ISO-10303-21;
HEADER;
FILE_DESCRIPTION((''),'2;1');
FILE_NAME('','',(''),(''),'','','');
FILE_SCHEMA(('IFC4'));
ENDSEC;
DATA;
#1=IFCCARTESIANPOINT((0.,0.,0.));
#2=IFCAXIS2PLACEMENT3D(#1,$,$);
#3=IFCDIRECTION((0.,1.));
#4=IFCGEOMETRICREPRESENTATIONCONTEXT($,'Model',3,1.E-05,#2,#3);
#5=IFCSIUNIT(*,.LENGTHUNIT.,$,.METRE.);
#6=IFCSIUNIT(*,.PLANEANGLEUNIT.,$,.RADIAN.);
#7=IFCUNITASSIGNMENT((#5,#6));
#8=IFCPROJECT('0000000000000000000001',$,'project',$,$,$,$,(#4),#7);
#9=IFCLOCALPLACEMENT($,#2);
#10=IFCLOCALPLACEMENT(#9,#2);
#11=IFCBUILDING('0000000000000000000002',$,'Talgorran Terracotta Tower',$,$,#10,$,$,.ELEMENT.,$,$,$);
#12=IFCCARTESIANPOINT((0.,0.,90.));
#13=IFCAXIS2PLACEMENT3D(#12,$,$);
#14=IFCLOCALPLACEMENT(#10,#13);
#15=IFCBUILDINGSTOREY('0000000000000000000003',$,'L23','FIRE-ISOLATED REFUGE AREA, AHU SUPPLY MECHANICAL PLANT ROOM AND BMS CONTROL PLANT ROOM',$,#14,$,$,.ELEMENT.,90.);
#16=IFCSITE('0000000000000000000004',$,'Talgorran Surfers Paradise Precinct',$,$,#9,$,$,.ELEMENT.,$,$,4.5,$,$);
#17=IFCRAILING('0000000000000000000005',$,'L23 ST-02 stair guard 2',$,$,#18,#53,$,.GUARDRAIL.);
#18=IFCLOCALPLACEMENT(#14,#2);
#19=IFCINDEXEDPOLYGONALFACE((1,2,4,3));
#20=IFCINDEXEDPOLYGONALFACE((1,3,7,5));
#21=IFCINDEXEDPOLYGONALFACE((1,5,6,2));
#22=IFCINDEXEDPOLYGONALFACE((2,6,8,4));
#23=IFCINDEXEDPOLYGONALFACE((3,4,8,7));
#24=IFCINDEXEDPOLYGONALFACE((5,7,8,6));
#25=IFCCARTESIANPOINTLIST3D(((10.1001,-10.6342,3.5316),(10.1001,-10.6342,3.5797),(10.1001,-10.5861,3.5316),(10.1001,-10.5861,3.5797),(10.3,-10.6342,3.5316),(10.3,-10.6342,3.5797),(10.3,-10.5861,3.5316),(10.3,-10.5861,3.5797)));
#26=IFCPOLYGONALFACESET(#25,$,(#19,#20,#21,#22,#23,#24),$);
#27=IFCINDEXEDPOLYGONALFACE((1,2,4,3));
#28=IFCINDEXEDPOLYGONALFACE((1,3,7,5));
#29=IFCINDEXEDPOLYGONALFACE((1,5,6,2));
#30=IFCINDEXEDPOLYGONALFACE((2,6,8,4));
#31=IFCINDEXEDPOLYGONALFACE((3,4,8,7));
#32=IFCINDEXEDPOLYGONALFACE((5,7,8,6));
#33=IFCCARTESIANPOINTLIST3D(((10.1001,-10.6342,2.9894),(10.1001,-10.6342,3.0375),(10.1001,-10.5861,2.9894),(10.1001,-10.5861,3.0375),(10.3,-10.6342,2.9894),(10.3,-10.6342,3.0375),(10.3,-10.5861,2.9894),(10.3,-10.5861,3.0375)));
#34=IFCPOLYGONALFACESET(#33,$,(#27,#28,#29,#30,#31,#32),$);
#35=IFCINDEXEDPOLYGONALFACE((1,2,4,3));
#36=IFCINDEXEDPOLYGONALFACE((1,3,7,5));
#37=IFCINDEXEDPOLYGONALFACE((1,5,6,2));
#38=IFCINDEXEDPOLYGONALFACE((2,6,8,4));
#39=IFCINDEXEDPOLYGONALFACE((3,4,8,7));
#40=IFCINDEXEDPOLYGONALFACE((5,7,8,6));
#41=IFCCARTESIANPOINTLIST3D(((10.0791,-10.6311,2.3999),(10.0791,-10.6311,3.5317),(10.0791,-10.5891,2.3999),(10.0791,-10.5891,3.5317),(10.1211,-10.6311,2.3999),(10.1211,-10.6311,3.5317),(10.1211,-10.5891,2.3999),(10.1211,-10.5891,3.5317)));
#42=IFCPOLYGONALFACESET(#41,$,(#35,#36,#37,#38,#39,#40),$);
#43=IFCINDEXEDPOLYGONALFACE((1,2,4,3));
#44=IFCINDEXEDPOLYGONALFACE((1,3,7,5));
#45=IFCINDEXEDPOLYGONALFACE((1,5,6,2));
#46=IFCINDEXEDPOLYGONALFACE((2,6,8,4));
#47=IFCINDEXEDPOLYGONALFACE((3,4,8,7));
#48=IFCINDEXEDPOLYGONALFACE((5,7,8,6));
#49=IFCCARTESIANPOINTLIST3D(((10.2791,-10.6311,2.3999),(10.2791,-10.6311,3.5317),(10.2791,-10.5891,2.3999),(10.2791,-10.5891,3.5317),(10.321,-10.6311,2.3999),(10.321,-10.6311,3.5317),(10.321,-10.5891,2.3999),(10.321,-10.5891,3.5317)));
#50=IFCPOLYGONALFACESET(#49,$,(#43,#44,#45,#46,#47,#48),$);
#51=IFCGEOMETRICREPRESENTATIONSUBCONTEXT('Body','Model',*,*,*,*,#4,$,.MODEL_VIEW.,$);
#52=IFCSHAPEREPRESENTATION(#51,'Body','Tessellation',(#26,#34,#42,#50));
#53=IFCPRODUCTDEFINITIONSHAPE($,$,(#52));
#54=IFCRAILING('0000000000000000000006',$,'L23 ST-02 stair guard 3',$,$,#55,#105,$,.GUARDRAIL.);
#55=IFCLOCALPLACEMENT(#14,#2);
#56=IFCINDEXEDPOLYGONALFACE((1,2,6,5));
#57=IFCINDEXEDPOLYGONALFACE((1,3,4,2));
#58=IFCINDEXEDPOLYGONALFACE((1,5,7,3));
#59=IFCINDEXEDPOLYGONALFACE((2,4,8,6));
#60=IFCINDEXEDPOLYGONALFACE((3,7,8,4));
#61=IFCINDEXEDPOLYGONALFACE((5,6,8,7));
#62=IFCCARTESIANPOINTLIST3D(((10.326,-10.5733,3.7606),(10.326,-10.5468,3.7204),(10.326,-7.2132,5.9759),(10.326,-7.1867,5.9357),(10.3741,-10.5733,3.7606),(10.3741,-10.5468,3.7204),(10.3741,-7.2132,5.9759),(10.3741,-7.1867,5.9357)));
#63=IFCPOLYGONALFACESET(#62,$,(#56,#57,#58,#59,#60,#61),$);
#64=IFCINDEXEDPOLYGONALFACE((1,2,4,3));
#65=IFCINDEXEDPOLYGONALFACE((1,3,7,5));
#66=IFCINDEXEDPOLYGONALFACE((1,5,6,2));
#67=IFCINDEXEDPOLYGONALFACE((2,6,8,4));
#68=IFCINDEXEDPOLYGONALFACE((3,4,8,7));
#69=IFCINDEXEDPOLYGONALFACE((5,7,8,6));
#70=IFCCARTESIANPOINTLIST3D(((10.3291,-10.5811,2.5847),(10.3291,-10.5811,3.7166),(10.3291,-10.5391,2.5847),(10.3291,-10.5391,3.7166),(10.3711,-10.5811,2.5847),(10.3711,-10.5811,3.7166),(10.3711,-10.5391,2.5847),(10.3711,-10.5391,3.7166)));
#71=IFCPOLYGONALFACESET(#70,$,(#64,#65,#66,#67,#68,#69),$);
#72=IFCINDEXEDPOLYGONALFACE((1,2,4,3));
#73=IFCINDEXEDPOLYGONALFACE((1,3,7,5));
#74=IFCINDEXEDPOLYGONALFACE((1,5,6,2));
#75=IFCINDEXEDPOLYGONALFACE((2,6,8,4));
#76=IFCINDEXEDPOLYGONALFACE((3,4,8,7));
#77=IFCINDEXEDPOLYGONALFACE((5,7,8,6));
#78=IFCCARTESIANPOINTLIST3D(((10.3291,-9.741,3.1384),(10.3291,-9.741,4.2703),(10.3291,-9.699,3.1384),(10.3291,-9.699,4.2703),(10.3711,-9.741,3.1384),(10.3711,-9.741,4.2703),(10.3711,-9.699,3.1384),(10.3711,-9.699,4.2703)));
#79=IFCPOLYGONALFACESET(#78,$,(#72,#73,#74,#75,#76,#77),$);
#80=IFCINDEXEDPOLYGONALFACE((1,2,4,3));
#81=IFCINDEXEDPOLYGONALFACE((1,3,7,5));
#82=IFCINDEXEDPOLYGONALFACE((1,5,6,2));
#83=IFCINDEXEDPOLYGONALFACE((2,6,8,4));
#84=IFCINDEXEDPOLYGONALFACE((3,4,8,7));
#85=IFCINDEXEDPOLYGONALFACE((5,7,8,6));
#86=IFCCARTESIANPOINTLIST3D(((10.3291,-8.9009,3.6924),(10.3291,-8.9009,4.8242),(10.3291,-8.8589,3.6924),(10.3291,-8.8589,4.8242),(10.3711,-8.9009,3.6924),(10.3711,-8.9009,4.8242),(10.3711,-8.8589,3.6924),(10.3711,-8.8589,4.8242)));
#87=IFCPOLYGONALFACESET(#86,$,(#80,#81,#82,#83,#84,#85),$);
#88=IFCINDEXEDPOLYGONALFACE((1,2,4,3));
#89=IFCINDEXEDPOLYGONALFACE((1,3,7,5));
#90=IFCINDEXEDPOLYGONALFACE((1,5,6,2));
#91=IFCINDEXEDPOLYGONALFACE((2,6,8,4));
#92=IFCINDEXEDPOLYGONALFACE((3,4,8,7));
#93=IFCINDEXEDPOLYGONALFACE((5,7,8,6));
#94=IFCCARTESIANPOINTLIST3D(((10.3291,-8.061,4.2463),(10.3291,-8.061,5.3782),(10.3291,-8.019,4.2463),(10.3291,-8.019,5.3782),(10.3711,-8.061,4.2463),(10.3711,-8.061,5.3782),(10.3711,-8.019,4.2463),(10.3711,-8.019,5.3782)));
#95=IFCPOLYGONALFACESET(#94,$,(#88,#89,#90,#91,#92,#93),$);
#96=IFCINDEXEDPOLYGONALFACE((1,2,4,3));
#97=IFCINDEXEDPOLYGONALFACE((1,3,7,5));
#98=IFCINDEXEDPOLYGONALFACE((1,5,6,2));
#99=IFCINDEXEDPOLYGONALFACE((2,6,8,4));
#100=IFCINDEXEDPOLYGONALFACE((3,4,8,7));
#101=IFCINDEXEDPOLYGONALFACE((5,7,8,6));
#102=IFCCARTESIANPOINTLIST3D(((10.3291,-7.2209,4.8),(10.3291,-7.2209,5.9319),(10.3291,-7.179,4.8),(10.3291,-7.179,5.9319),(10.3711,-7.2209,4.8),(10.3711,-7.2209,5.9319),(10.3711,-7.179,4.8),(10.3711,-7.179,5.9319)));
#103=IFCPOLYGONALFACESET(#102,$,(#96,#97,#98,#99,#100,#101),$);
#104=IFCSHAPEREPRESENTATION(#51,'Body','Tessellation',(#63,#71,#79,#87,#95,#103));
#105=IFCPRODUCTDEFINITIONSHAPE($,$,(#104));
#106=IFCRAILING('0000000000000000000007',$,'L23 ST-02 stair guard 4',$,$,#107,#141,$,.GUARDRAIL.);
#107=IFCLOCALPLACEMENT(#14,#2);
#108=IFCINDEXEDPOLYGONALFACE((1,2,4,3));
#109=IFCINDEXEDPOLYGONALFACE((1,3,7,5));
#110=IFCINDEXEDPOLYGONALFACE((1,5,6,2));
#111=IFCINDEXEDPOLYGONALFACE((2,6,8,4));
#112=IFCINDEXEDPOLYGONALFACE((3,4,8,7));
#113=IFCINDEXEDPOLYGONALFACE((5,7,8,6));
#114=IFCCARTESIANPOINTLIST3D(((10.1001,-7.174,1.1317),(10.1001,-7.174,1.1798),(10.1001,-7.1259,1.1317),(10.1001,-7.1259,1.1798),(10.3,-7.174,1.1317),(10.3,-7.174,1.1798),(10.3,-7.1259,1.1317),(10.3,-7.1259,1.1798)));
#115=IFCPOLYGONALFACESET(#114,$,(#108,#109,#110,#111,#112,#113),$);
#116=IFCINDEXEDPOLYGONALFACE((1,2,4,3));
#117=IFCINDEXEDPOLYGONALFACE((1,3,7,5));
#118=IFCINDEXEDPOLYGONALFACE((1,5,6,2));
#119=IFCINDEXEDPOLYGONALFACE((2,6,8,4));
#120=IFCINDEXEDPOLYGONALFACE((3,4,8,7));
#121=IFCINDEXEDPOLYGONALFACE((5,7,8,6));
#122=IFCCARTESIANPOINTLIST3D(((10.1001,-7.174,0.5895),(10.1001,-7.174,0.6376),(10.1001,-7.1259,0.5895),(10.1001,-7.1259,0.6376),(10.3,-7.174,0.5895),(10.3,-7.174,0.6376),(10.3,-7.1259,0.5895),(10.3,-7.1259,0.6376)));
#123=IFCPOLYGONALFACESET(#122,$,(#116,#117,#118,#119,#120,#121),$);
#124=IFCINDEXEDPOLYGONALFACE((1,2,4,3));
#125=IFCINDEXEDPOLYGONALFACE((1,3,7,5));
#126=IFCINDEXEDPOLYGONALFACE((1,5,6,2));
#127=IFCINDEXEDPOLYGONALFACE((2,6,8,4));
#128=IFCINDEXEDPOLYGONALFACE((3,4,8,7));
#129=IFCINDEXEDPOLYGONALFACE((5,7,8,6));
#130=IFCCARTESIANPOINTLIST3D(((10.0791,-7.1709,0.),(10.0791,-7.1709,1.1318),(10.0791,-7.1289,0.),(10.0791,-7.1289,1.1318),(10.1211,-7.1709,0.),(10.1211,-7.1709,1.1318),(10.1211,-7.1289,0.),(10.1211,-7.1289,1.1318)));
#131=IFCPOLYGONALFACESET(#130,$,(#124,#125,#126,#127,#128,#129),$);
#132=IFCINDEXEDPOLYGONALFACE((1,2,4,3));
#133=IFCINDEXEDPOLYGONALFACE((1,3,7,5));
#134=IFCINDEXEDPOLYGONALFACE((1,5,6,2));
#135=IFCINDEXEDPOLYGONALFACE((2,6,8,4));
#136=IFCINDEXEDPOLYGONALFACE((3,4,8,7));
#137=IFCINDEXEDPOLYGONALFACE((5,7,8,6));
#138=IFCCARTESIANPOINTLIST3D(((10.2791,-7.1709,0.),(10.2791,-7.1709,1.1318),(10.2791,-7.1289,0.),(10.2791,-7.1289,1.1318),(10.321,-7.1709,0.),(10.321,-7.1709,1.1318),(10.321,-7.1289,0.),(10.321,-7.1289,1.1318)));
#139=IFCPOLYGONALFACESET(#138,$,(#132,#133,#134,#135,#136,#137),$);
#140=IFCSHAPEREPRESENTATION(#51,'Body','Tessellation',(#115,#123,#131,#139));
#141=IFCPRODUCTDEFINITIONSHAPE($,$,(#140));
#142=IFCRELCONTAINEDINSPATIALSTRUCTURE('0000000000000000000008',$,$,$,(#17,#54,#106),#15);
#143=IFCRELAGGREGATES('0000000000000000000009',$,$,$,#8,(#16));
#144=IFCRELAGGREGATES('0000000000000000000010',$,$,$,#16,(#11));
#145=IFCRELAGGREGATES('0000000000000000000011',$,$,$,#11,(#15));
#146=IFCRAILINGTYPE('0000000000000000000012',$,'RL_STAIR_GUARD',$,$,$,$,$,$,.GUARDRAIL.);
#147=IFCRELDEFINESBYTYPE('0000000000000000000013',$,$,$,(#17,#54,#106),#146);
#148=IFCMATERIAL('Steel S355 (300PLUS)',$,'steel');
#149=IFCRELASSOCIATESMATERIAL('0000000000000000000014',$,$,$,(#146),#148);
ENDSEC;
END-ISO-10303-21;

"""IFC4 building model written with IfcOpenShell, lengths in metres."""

from ifc_helpers import new_model, si_unit, direction, frame, origin, origin_2d, place, context, subcontext, project, spatial, rectangle, extrude, material, type_object, element, save


model = new_model("IFC4")

# Units and contexts
model_context = context("Model", 3, precision=1e-05, world=origin(), true_north=direction((0.0, 1.0)))
body_context = subcontext(model_context, "Body", "Model", "MODEL_VIEW")
ifc_project = project(units=[si_unit("LENGTHUNIT", "METRE"), si_unit("PLANEANGLEUNIT", "RADIAN")], contexts=[model_context])

# Site, building, storey
site_placement = place(None, origin())
site = spatial("IfcSite", under=ifc_project, at=site_placement, Name="Talgorran Surfers Paradise Precinct", CompositionType="ELEMENT", RefElevation=4.5)
building_placement = place(site_placement, origin())
building = spatial("IfcBuilding", under=site, at=building_placement, Name="Talgorran Terracotta Tower", CompositionType="ELEMENT")
storey_placement = place(building_placement, frame((0.0, 0.0, 90.0)))
storey = spatial("IfcBuildingStorey", under=building, at=storey_placement, Name="L23", Description="FIRE-ISOLATED REFUGE AREA, AHU SUPPLY MECHANICAL PLANT ROOM AND BMS CONTROL PLANT ROOM", CompositionType="ELEMENT", Elevation=90.0)

# Railings
ifc_material_1 = material(Name="Steel S355 (300PLUS)", Category="steel")
railing_type_1 = type_object("IfcRailingType", Name="RL_STAIR_GUARD", PredefinedType="GUARDRAIL", material=ifc_material_1)
railing_1_placement = place(storey_placement, frame((10.1001, -10.6101, 2.3999)))
element("IfcRailing", 1, at=railing_1_placement, inside=storey, type_object=railing_type_1, Name="L23 ST-02 stair guard 2", PredefinedType="GUARDRAIL", context=body_context, shape_type="SweptSolid", body=[
    extrude(rectangle(XDim=0.0481, YDim=0.0481, at=origin_2d()), frame((0.0, 0.0, 1.1558), z_axis=(1.0, 0.0, 0.0), x_axis=(0.0, 1.0, 0.0)), (0.0, 0.0, 1.0), 0.2),
    extrude(rectangle(XDim=0.0481, YDim=0.0481, at=origin_2d()), frame((0.0, 0.0, 0.6135), z_axis=(1.0, 0.0, 0.0), x_axis=(0.0, 1.0, 0.0)), (0.0, 0.0, 1.0), 0.2),
    extrude(rectangle(XDim=0.042, YDim=0.042, at=origin_2d()), origin(), (0.0, 0.0, 1.0), 1.1318),
    extrude(rectangle(XDim=0.042, YDim=0.042, at=origin_2d()), frame((0.2, 0.0, 0.0)), (0.0, 0.0, 1.0), 1.1318),
])
railing_2_placement = place(storey_placement, frame((10.3501, -10.5601, 2.5847)))
element("IfcRailing", 2, at=railing_2_placement, inside=storey, type_object=railing_type_1, Name="L23 ST-02 stair guard 3", PredefinedType="GUARDRAIL", context=body_context, shape_type="SweptSolid", body=[
    extrude(rectangle(XDim=0.0481, YDim=0.0481, at=origin_2d()), frame((0.0, 0.0, 1.1558), z_axis=(0.0, 0.834876, 0.550437), x_axis=(-1.0, 0.0, 0.0)), (0.0, 0.0, 1.0), 4.0247),
    extrude(rectangle(XDim=0.042, YDim=0.042, at=origin_2d()), origin(), (0.0, 0.0, 1.0), 1.1318),
    extrude(rectangle(XDim=0.042, YDim=0.042, at=origin_2d()), frame((0.0, 0.8401, 0.5537)), (0.0, 0.0, 1.0), 1.1318),
    extrude(rectangle(XDim=0.042, YDim=0.042, at=origin_2d()), frame((0.0, 1.6802, 1.1077)), (0.0, 0.0, 1.0), 1.1318),
    extrude(rectangle(XDim=0.042, YDim=0.042, at=origin_2d()), frame((0.0, 2.52, 1.6616)), (0.0, 0.0, 1.0), 1.1318),
    extrude(rectangle(XDim=0.042, YDim=0.042, at=origin_2d()), frame((0.0, 3.3601, 2.2153)), (0.0, 0.0, 1.0), 1.1318),
])
railing_3_placement = place(storey_placement, frame((10.1001, -7.1499, 0.0)))
element("IfcRailing", 3, at=railing_3_placement, inside=storey, type_object=railing_type_1, Name="L23 ST-02 stair guard 4", PredefinedType="GUARDRAIL", context=body_context, shape_type="SweptSolid", body=[
    extrude(rectangle(XDim=0.0481, YDim=0.0481, at=origin_2d()), frame((0.0, 0.0, 1.1558), z_axis=(1.0, 0.0, 0.0), x_axis=(0.0, 1.0, 0.0)), (0.0, 0.0, 1.0), 0.2),
    extrude(rectangle(XDim=0.0481, YDim=0.0481, at=origin_2d()), frame((0.0, 0.0, 0.6135), z_axis=(1.0, 0.0, 0.0), x_axis=(0.0, 1.0, 0.0)), (0.0, 0.0, 1.0), 0.2),
    extrude(rectangle(XDim=0.042, YDim=0.042, at=origin_2d()), origin(), (0.0, 0.0, 1.0), 1.1318),
    extrude(rectangle(XDim=0.042, YDim=0.042, at=origin_2d()), frame((0.2, 0.0, 0.0)), (0.0, 0.0, 1.0), 1.1318),
])

save(model, "model.ifc")
